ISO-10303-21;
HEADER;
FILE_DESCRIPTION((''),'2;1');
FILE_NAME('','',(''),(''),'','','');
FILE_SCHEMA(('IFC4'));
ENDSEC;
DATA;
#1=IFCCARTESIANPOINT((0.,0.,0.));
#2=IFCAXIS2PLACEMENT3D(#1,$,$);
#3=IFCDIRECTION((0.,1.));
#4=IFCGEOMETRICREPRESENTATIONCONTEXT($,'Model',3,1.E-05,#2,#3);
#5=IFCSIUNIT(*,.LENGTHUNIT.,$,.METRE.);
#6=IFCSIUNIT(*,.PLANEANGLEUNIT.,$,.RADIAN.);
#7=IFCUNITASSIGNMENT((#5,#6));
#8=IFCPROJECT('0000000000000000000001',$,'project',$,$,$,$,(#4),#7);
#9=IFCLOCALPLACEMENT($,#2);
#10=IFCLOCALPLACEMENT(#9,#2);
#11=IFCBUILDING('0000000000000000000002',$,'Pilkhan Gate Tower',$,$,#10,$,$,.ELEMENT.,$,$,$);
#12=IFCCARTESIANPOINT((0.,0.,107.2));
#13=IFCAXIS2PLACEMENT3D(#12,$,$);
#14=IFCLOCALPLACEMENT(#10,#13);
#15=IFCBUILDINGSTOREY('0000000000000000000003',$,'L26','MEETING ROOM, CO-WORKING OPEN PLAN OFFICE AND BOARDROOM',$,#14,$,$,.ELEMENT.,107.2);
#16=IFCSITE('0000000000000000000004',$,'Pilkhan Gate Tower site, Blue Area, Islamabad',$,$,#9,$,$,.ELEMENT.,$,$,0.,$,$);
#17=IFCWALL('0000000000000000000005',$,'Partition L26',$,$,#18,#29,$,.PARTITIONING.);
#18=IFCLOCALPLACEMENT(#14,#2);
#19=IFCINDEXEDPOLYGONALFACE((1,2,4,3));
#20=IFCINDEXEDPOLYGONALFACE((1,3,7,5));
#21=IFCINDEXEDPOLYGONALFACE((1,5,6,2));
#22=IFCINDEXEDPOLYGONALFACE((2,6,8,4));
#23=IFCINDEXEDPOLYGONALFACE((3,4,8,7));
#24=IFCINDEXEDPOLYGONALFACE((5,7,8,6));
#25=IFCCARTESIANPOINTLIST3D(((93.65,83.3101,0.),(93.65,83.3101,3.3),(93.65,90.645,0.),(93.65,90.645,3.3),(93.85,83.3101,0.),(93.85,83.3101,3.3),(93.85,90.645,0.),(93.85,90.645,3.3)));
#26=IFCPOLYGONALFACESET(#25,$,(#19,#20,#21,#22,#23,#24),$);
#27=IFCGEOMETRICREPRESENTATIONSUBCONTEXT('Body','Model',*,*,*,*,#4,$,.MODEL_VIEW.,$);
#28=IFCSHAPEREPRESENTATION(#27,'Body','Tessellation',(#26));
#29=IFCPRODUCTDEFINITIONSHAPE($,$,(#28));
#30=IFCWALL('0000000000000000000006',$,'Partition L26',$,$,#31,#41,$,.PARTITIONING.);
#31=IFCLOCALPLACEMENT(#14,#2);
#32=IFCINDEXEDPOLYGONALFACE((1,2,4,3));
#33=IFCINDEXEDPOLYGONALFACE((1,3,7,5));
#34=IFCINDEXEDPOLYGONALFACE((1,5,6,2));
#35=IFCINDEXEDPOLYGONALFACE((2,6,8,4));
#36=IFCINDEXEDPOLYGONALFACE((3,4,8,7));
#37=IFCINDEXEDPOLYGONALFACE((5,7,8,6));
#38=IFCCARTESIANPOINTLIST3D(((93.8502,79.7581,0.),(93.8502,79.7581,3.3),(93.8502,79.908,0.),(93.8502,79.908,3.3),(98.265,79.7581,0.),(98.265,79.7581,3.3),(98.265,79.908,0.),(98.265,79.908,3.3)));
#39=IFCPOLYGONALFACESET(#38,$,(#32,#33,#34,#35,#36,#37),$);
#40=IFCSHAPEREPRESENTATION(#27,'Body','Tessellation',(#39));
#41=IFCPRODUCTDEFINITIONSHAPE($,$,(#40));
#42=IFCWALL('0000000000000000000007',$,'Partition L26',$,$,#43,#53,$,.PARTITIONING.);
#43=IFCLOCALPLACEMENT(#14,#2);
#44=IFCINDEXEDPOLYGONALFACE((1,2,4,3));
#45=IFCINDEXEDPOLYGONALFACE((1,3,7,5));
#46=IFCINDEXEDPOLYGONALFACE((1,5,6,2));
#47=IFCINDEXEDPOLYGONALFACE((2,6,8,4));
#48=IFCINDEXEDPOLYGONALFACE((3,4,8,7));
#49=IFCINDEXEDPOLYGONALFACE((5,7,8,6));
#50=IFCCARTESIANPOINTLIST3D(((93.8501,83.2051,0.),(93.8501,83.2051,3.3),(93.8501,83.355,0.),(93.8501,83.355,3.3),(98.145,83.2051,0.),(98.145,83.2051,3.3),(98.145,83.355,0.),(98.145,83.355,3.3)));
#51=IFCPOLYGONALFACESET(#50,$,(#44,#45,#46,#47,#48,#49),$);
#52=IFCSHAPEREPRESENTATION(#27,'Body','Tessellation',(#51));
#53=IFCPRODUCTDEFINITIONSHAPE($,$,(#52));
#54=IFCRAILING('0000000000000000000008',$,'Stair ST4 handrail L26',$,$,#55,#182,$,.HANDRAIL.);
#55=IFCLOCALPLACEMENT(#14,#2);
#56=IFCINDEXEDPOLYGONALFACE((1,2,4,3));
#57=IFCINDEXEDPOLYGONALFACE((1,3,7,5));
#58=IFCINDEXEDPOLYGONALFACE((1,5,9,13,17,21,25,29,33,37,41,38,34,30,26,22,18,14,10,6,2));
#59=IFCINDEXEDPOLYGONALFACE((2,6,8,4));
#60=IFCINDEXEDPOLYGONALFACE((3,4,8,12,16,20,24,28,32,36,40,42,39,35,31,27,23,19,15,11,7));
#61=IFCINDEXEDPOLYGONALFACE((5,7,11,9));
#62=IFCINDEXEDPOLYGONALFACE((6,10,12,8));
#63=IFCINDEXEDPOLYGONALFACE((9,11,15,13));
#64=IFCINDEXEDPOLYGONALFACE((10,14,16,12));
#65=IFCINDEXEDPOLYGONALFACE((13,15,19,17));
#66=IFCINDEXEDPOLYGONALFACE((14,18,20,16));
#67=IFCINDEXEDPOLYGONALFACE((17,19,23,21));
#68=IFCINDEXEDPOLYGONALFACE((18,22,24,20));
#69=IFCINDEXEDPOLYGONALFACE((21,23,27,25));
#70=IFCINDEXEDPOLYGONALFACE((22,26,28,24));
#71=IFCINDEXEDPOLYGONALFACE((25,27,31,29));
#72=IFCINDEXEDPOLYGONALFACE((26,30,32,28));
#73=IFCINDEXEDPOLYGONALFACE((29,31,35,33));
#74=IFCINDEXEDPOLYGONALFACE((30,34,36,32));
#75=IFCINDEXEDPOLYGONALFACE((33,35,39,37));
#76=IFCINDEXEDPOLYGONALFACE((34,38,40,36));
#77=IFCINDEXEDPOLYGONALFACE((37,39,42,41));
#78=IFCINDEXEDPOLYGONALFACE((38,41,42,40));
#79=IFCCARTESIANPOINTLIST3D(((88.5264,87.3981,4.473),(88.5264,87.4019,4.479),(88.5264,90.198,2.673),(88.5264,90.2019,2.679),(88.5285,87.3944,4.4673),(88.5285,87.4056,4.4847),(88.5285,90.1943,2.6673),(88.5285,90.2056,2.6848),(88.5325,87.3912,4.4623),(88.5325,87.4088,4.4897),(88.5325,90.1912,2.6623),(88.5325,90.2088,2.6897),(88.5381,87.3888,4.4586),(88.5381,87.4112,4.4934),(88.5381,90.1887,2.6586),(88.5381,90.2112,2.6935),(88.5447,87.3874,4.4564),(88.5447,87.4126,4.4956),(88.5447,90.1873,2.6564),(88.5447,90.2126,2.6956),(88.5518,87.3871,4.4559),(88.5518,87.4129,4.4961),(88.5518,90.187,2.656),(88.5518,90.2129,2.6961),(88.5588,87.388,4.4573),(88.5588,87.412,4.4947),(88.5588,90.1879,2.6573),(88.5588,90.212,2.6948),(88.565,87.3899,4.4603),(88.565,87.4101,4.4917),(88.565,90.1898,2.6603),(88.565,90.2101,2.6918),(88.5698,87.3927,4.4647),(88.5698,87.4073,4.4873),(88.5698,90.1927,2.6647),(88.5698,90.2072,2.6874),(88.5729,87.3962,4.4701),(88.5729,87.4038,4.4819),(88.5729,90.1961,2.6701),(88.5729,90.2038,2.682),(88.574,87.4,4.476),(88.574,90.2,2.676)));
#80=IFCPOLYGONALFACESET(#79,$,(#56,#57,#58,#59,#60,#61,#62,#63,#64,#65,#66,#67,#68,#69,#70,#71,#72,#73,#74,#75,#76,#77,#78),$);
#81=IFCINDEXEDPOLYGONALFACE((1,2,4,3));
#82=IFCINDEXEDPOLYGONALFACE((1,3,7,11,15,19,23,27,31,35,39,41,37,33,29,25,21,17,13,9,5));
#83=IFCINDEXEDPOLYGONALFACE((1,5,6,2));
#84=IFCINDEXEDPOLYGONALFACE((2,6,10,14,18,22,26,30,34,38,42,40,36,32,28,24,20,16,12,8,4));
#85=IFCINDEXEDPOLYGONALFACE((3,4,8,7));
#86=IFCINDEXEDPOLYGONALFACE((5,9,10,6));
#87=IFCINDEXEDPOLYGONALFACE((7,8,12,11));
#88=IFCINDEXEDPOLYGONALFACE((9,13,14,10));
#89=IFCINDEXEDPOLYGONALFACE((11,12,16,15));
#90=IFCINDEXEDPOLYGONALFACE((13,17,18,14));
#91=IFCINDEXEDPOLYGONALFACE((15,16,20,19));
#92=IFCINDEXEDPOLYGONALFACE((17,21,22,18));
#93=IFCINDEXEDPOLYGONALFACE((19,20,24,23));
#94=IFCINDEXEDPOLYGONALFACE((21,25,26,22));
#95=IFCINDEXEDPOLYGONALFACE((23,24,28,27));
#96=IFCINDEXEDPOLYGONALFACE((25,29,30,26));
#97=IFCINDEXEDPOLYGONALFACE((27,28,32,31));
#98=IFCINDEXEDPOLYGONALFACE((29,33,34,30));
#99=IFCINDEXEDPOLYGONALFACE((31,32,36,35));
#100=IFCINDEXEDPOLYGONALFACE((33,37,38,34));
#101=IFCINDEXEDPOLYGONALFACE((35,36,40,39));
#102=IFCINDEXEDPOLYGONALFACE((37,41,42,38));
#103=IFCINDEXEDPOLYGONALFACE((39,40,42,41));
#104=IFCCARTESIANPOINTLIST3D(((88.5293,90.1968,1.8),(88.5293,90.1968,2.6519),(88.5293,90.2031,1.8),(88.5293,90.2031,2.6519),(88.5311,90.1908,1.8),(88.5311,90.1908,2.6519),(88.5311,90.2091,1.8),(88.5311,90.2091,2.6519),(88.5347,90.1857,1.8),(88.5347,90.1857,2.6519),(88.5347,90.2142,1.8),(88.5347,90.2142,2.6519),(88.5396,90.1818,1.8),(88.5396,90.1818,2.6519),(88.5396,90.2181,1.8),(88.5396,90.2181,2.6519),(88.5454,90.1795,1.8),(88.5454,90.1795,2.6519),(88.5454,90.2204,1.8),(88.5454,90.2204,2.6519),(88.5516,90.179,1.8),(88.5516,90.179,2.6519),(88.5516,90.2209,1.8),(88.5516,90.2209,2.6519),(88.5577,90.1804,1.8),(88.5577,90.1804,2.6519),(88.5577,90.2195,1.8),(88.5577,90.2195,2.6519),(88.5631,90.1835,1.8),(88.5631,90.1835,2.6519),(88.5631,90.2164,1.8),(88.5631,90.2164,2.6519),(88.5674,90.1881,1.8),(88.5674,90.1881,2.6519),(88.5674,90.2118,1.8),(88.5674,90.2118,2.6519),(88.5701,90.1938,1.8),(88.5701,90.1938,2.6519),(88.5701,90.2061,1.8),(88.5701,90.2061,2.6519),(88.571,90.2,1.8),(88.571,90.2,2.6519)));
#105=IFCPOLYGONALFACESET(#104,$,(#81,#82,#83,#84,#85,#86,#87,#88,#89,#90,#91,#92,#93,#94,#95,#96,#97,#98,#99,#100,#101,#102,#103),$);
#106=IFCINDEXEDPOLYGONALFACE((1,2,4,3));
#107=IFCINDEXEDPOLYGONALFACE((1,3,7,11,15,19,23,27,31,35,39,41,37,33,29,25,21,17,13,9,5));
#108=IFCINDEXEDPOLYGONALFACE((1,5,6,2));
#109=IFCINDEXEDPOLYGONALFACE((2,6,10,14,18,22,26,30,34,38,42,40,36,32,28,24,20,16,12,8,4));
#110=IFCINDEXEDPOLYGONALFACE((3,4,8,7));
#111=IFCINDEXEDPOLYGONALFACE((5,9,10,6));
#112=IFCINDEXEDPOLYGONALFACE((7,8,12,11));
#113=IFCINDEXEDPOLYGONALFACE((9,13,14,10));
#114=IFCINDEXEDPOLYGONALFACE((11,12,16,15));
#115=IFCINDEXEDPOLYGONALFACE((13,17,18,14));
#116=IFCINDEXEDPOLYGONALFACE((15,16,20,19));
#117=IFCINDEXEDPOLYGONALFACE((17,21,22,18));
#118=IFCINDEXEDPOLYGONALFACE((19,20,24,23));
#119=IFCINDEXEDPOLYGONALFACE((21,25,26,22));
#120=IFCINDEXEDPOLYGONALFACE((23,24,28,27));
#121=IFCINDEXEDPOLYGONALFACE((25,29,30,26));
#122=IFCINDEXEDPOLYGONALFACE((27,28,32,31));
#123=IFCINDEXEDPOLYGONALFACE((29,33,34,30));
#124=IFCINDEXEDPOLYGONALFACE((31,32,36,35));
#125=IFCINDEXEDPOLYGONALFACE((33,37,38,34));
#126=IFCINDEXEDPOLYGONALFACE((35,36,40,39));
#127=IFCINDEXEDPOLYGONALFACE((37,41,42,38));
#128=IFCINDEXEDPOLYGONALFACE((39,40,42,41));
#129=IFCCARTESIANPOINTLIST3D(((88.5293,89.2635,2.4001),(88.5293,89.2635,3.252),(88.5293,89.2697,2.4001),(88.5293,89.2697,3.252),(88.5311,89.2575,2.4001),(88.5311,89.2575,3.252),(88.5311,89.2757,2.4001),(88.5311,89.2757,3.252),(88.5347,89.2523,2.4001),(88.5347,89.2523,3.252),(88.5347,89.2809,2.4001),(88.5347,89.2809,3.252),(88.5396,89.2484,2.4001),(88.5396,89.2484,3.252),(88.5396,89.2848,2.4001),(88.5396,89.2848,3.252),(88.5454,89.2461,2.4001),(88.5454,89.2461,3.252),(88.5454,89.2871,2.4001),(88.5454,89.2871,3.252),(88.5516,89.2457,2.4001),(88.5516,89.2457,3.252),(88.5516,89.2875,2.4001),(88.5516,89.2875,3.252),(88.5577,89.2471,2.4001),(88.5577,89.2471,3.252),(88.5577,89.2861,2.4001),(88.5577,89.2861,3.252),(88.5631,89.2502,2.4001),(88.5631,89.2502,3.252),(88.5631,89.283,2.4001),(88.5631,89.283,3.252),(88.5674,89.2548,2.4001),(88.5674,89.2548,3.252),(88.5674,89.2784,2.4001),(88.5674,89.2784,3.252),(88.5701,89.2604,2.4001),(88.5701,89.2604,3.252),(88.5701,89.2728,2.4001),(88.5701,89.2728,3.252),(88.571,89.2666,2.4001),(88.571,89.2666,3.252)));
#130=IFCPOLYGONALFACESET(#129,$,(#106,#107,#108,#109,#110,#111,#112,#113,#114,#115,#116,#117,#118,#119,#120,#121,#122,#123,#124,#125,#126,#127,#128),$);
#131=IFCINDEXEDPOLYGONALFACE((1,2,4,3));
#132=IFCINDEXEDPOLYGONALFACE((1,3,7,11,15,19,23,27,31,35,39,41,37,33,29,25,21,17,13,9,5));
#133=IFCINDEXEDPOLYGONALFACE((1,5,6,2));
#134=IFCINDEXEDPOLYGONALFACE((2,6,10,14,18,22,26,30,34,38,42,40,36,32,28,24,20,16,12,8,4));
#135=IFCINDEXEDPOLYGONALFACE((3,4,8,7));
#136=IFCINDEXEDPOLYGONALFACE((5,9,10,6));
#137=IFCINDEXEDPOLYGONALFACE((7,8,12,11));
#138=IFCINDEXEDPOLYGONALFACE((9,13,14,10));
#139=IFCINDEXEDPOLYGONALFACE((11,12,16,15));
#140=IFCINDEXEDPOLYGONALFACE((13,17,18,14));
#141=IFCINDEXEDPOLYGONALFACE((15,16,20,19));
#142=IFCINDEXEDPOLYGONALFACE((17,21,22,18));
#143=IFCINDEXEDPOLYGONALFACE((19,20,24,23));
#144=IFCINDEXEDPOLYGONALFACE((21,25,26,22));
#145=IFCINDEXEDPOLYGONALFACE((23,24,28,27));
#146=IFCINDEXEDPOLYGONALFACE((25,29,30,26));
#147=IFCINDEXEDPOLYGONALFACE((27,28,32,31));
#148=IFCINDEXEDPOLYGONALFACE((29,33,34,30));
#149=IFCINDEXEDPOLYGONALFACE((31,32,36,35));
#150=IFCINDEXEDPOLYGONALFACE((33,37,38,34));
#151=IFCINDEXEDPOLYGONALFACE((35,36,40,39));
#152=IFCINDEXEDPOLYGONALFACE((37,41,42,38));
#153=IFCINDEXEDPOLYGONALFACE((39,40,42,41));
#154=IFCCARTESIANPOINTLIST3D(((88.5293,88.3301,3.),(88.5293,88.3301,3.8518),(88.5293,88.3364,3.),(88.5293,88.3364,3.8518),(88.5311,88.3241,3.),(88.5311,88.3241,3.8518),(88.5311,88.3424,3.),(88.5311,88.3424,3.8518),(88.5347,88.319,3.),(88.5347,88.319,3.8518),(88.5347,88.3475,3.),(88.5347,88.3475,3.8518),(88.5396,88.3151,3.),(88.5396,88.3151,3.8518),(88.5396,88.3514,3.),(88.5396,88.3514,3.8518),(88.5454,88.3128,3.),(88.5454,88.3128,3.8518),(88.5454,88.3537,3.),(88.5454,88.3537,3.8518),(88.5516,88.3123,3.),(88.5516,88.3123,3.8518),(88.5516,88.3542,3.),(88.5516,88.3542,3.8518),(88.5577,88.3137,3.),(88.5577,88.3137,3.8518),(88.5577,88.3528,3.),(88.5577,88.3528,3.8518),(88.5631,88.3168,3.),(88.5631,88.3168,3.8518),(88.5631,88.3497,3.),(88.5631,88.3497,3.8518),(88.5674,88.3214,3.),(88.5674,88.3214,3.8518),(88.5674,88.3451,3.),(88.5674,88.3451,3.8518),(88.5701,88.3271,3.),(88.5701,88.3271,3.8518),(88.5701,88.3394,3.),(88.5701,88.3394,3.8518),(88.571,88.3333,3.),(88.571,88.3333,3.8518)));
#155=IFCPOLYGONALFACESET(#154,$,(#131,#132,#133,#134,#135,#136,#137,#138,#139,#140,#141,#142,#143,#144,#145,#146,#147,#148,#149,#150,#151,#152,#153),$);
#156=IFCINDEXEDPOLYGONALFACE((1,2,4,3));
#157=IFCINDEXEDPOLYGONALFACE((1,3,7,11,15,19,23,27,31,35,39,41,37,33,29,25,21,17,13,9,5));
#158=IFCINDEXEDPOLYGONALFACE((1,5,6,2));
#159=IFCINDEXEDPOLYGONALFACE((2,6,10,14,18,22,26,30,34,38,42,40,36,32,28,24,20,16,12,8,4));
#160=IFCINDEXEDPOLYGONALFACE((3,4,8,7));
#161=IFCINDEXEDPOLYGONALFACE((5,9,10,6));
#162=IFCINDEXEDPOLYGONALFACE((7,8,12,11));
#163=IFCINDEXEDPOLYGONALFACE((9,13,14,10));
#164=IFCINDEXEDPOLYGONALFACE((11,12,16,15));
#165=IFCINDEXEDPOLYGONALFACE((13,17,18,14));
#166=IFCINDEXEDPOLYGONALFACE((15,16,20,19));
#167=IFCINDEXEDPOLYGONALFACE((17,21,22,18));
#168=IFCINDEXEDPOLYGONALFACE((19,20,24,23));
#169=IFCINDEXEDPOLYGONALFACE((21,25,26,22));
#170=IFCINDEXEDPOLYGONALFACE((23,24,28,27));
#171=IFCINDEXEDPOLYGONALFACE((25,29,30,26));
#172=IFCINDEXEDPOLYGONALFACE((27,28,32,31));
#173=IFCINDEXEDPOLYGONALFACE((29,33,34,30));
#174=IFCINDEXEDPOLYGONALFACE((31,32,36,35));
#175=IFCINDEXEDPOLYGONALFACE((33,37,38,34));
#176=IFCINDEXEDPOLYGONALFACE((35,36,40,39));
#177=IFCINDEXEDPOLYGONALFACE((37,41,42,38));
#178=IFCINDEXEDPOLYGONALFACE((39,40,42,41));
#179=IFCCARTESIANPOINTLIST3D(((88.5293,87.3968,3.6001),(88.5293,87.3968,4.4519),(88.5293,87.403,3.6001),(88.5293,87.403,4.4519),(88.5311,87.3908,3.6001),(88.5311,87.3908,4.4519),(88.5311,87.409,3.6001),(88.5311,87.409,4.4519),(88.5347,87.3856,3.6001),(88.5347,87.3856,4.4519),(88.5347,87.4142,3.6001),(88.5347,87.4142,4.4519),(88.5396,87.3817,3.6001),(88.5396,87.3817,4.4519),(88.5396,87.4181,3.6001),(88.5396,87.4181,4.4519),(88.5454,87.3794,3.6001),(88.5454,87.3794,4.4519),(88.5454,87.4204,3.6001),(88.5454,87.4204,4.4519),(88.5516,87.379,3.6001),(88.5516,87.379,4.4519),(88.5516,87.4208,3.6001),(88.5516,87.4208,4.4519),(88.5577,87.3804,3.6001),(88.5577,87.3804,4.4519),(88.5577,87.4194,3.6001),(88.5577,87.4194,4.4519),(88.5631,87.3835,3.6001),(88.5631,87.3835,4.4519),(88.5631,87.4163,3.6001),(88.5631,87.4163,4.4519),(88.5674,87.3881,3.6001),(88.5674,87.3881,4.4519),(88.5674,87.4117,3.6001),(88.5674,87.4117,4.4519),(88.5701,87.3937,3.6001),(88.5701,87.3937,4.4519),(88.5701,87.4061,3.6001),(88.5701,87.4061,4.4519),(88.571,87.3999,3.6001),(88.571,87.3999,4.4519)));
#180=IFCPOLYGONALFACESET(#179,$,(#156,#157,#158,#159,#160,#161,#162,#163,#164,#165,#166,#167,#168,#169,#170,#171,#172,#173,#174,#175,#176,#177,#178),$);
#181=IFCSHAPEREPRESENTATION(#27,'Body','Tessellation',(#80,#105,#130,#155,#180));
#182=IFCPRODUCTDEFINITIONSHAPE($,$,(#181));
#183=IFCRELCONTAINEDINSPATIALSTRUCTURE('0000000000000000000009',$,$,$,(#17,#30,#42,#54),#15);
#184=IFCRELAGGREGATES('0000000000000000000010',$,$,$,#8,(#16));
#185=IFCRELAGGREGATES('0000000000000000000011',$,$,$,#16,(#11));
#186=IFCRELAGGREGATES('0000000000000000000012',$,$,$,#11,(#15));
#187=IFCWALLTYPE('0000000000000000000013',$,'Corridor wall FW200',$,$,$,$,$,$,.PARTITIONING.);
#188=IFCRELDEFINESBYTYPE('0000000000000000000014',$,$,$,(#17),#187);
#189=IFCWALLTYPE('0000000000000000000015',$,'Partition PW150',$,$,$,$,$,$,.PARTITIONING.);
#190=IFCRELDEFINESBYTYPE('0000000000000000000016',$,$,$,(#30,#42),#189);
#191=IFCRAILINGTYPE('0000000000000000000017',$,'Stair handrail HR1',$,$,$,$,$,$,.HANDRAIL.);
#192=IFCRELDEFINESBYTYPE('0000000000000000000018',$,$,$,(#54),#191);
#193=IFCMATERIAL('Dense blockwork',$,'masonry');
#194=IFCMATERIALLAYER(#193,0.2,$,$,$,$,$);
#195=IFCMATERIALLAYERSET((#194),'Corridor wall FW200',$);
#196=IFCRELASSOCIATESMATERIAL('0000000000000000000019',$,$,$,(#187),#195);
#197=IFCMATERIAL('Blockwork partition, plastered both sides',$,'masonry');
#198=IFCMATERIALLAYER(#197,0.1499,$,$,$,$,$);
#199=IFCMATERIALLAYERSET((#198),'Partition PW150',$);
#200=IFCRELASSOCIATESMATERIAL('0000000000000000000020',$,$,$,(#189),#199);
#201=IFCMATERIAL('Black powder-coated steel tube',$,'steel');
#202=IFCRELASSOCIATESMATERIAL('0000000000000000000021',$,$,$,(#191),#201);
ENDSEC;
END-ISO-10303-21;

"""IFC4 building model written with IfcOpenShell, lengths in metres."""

from ifc_helpers import new_model, si_unit, direction, frame, frame_2d, origin, origin_2d, place, context, subcontext, project, spatial, rectangle, circle, extrude, material, layer, layer_set, type_object, element, save


model = new_model("IFC4")

# Units and contexts
model_context = context("Model", 3, precision=1e-05, world=origin(), true_north=direction((0.0, 1.0)))
body_context = subcontext(model_context, "Body", "Model", "MODEL_VIEW")
ifc_project = project(units=[si_unit("LENGTHUNIT", "METRE"), si_unit("PLANEANGLEUNIT", "RADIAN")], contexts=[model_context])

# Site, building, storey
site_placement = place(None, origin())
site = spatial("IfcSite", under=ifc_project, at=site_placement, Name="Pilkhan Gate Tower site, Blue Area, Islamabad", CompositionType="ELEMENT", RefElevation=0.0)
building_placement = place(site_placement, origin())
building = spatial("IfcBuilding", under=site, at=building_placement, Name="Pilkhan Gate Tower", CompositionType="ELEMENT")
storey_placement = place(building_placement, frame((0.0, 0.0, 107.2)))
storey = spatial("IfcBuildingStorey", under=building, at=storey_placement, Name="L26", Description="MEETING ROOM, CO-WORKING OPEN PLAN OFFICE AND BOARDROOM", CompositionType="ELEMENT", Elevation=107.2)

# Walls
ifc_material_1 = material(Name="Dense blockwork", Category="masonry")
ifc_layer_1 = layer(ifc_material_1, 0.2)
ifc_layer_set_1 = layer_set([ifc_layer_1], Name="Corridor wall FW200")
wall_type_1 = type_object("IfcWallType", Name="Corridor wall FW200", PredefinedType="PARTITIONING", material=ifc_layer_set_1)
wall_1_placement = place(storey_placement, frame((93.75, 83.3101, 0.0), z_axis=(0.0, 0.0, 1.0), x_axis=(0.0, 1.0, 0.0)))
element("IfcWall", 1, at=wall_1_placement, inside=storey, type_object=wall_type_1, Name="Partition L26", PredefinedType="PARTITIONING", context=body_context, shape_type="SweptSolid", body=[
    extrude(rectangle(XDim=7.335, YDim=0.2, at=frame_2d((3.6675, 0.0))), origin(), (0.0, 0.0, 1.0), 3.3),
])
ifc_material_2 = material(Name="Blockwork partition, plastered both sides", Category="masonry")
ifc_layer_2 = layer(ifc_material_2, 0.1499)
ifc_layer_set_2 = layer_set([ifc_layer_2], Name="Partition PW150")
wall_type_2 = type_object("IfcWallType", Name="Partition PW150", PredefinedType="PARTITIONING", material=ifc_layer_set_2)
wall_2_placement = place(storey_placement, frame((93.8501, 79.833, 0.0), z_axis=(0.0, 0.0, 1.0), x_axis=(1.0, 0.0, 0.0)))
element("IfcWall", 2, at=wall_2_placement, inside=storey, type_object=wall_type_2, Name="Partition L26", PredefinedType="PARTITIONING", context=body_context, shape_type="SweptSolid", body=[
    extrude(rectangle(XDim=4.4148, YDim=0.1499, at=frame_2d((2.2075, 0.0))), origin(), (0.0, 0.0, 1.0), 3.3),
])
wall_3_placement = place(storey_placement, frame((93.8501, 83.28, 0.0), z_axis=(0.0, 0.0, 1.0), x_axis=(1.0, 0.0, 0.0)))
element("IfcWall", 3, at=wall_3_placement, inside=storey, type_object=wall_type_2, Name="Partition L26", PredefinedType="PARTITIONING", context=body_context, shape_type="SweptSolid", body=[
    extrude(rectangle(XDim=4.2949, YDim=0.1499, at=frame_2d((2.1475, 0.0))), origin(), (0.0, 0.0, 1.0), 3.3),
])

# Railing
ifc_material_3 = material(Name="Black powder-coated steel tube", Category="steel")
railing_type_1 = type_object("IfcRailingType", Name="Stair handrail HR1", PredefinedType="HANDRAIL", material=ifc_material_3)
railing_placement = place(storey_placement, frame((88.55, 90.2, 1.8)))
element("IfcRailing", 4, at=railing_placement, inside=storey, type_object=railing_type_1, Name="Stair ST4 handrail L26", PredefinedType="HANDRAIL", context=body_context, shape_type="SweptSolid", body=[
    extrude(circle(Radius=0.0239, at=origin_2d()), frame((0.0, 0.0, 0.876), z_axis=(0.0, -0.841176, 0.540761), x_axis=(1.0, 0.0, 0.0)), (0.0, 0.0, 1.0), 3.3286),
    extrude(circle(Radius=0.021, at=origin_2d()), origin(), (0.0, 0.0, 1.0), 0.8518),
    extrude(circle(Radius=0.021, at=origin_2d()), frame((0.0, -0.9333, 0.6001)), (0.0, 0.0, 1.0), 0.8518),
    extrude(circle(Radius=0.021, at=origin_2d()), frame((0.0, -1.8667, 1.2)), (0.0, 0.0, 1.0), 0.8518),
    extrude(circle(Radius=0.021, at=origin_2d()), frame((0.0, -2.8, 1.8)), (0.0, 0.0, 1.0), 0.8518),
])

save(model, "model.ifc")
